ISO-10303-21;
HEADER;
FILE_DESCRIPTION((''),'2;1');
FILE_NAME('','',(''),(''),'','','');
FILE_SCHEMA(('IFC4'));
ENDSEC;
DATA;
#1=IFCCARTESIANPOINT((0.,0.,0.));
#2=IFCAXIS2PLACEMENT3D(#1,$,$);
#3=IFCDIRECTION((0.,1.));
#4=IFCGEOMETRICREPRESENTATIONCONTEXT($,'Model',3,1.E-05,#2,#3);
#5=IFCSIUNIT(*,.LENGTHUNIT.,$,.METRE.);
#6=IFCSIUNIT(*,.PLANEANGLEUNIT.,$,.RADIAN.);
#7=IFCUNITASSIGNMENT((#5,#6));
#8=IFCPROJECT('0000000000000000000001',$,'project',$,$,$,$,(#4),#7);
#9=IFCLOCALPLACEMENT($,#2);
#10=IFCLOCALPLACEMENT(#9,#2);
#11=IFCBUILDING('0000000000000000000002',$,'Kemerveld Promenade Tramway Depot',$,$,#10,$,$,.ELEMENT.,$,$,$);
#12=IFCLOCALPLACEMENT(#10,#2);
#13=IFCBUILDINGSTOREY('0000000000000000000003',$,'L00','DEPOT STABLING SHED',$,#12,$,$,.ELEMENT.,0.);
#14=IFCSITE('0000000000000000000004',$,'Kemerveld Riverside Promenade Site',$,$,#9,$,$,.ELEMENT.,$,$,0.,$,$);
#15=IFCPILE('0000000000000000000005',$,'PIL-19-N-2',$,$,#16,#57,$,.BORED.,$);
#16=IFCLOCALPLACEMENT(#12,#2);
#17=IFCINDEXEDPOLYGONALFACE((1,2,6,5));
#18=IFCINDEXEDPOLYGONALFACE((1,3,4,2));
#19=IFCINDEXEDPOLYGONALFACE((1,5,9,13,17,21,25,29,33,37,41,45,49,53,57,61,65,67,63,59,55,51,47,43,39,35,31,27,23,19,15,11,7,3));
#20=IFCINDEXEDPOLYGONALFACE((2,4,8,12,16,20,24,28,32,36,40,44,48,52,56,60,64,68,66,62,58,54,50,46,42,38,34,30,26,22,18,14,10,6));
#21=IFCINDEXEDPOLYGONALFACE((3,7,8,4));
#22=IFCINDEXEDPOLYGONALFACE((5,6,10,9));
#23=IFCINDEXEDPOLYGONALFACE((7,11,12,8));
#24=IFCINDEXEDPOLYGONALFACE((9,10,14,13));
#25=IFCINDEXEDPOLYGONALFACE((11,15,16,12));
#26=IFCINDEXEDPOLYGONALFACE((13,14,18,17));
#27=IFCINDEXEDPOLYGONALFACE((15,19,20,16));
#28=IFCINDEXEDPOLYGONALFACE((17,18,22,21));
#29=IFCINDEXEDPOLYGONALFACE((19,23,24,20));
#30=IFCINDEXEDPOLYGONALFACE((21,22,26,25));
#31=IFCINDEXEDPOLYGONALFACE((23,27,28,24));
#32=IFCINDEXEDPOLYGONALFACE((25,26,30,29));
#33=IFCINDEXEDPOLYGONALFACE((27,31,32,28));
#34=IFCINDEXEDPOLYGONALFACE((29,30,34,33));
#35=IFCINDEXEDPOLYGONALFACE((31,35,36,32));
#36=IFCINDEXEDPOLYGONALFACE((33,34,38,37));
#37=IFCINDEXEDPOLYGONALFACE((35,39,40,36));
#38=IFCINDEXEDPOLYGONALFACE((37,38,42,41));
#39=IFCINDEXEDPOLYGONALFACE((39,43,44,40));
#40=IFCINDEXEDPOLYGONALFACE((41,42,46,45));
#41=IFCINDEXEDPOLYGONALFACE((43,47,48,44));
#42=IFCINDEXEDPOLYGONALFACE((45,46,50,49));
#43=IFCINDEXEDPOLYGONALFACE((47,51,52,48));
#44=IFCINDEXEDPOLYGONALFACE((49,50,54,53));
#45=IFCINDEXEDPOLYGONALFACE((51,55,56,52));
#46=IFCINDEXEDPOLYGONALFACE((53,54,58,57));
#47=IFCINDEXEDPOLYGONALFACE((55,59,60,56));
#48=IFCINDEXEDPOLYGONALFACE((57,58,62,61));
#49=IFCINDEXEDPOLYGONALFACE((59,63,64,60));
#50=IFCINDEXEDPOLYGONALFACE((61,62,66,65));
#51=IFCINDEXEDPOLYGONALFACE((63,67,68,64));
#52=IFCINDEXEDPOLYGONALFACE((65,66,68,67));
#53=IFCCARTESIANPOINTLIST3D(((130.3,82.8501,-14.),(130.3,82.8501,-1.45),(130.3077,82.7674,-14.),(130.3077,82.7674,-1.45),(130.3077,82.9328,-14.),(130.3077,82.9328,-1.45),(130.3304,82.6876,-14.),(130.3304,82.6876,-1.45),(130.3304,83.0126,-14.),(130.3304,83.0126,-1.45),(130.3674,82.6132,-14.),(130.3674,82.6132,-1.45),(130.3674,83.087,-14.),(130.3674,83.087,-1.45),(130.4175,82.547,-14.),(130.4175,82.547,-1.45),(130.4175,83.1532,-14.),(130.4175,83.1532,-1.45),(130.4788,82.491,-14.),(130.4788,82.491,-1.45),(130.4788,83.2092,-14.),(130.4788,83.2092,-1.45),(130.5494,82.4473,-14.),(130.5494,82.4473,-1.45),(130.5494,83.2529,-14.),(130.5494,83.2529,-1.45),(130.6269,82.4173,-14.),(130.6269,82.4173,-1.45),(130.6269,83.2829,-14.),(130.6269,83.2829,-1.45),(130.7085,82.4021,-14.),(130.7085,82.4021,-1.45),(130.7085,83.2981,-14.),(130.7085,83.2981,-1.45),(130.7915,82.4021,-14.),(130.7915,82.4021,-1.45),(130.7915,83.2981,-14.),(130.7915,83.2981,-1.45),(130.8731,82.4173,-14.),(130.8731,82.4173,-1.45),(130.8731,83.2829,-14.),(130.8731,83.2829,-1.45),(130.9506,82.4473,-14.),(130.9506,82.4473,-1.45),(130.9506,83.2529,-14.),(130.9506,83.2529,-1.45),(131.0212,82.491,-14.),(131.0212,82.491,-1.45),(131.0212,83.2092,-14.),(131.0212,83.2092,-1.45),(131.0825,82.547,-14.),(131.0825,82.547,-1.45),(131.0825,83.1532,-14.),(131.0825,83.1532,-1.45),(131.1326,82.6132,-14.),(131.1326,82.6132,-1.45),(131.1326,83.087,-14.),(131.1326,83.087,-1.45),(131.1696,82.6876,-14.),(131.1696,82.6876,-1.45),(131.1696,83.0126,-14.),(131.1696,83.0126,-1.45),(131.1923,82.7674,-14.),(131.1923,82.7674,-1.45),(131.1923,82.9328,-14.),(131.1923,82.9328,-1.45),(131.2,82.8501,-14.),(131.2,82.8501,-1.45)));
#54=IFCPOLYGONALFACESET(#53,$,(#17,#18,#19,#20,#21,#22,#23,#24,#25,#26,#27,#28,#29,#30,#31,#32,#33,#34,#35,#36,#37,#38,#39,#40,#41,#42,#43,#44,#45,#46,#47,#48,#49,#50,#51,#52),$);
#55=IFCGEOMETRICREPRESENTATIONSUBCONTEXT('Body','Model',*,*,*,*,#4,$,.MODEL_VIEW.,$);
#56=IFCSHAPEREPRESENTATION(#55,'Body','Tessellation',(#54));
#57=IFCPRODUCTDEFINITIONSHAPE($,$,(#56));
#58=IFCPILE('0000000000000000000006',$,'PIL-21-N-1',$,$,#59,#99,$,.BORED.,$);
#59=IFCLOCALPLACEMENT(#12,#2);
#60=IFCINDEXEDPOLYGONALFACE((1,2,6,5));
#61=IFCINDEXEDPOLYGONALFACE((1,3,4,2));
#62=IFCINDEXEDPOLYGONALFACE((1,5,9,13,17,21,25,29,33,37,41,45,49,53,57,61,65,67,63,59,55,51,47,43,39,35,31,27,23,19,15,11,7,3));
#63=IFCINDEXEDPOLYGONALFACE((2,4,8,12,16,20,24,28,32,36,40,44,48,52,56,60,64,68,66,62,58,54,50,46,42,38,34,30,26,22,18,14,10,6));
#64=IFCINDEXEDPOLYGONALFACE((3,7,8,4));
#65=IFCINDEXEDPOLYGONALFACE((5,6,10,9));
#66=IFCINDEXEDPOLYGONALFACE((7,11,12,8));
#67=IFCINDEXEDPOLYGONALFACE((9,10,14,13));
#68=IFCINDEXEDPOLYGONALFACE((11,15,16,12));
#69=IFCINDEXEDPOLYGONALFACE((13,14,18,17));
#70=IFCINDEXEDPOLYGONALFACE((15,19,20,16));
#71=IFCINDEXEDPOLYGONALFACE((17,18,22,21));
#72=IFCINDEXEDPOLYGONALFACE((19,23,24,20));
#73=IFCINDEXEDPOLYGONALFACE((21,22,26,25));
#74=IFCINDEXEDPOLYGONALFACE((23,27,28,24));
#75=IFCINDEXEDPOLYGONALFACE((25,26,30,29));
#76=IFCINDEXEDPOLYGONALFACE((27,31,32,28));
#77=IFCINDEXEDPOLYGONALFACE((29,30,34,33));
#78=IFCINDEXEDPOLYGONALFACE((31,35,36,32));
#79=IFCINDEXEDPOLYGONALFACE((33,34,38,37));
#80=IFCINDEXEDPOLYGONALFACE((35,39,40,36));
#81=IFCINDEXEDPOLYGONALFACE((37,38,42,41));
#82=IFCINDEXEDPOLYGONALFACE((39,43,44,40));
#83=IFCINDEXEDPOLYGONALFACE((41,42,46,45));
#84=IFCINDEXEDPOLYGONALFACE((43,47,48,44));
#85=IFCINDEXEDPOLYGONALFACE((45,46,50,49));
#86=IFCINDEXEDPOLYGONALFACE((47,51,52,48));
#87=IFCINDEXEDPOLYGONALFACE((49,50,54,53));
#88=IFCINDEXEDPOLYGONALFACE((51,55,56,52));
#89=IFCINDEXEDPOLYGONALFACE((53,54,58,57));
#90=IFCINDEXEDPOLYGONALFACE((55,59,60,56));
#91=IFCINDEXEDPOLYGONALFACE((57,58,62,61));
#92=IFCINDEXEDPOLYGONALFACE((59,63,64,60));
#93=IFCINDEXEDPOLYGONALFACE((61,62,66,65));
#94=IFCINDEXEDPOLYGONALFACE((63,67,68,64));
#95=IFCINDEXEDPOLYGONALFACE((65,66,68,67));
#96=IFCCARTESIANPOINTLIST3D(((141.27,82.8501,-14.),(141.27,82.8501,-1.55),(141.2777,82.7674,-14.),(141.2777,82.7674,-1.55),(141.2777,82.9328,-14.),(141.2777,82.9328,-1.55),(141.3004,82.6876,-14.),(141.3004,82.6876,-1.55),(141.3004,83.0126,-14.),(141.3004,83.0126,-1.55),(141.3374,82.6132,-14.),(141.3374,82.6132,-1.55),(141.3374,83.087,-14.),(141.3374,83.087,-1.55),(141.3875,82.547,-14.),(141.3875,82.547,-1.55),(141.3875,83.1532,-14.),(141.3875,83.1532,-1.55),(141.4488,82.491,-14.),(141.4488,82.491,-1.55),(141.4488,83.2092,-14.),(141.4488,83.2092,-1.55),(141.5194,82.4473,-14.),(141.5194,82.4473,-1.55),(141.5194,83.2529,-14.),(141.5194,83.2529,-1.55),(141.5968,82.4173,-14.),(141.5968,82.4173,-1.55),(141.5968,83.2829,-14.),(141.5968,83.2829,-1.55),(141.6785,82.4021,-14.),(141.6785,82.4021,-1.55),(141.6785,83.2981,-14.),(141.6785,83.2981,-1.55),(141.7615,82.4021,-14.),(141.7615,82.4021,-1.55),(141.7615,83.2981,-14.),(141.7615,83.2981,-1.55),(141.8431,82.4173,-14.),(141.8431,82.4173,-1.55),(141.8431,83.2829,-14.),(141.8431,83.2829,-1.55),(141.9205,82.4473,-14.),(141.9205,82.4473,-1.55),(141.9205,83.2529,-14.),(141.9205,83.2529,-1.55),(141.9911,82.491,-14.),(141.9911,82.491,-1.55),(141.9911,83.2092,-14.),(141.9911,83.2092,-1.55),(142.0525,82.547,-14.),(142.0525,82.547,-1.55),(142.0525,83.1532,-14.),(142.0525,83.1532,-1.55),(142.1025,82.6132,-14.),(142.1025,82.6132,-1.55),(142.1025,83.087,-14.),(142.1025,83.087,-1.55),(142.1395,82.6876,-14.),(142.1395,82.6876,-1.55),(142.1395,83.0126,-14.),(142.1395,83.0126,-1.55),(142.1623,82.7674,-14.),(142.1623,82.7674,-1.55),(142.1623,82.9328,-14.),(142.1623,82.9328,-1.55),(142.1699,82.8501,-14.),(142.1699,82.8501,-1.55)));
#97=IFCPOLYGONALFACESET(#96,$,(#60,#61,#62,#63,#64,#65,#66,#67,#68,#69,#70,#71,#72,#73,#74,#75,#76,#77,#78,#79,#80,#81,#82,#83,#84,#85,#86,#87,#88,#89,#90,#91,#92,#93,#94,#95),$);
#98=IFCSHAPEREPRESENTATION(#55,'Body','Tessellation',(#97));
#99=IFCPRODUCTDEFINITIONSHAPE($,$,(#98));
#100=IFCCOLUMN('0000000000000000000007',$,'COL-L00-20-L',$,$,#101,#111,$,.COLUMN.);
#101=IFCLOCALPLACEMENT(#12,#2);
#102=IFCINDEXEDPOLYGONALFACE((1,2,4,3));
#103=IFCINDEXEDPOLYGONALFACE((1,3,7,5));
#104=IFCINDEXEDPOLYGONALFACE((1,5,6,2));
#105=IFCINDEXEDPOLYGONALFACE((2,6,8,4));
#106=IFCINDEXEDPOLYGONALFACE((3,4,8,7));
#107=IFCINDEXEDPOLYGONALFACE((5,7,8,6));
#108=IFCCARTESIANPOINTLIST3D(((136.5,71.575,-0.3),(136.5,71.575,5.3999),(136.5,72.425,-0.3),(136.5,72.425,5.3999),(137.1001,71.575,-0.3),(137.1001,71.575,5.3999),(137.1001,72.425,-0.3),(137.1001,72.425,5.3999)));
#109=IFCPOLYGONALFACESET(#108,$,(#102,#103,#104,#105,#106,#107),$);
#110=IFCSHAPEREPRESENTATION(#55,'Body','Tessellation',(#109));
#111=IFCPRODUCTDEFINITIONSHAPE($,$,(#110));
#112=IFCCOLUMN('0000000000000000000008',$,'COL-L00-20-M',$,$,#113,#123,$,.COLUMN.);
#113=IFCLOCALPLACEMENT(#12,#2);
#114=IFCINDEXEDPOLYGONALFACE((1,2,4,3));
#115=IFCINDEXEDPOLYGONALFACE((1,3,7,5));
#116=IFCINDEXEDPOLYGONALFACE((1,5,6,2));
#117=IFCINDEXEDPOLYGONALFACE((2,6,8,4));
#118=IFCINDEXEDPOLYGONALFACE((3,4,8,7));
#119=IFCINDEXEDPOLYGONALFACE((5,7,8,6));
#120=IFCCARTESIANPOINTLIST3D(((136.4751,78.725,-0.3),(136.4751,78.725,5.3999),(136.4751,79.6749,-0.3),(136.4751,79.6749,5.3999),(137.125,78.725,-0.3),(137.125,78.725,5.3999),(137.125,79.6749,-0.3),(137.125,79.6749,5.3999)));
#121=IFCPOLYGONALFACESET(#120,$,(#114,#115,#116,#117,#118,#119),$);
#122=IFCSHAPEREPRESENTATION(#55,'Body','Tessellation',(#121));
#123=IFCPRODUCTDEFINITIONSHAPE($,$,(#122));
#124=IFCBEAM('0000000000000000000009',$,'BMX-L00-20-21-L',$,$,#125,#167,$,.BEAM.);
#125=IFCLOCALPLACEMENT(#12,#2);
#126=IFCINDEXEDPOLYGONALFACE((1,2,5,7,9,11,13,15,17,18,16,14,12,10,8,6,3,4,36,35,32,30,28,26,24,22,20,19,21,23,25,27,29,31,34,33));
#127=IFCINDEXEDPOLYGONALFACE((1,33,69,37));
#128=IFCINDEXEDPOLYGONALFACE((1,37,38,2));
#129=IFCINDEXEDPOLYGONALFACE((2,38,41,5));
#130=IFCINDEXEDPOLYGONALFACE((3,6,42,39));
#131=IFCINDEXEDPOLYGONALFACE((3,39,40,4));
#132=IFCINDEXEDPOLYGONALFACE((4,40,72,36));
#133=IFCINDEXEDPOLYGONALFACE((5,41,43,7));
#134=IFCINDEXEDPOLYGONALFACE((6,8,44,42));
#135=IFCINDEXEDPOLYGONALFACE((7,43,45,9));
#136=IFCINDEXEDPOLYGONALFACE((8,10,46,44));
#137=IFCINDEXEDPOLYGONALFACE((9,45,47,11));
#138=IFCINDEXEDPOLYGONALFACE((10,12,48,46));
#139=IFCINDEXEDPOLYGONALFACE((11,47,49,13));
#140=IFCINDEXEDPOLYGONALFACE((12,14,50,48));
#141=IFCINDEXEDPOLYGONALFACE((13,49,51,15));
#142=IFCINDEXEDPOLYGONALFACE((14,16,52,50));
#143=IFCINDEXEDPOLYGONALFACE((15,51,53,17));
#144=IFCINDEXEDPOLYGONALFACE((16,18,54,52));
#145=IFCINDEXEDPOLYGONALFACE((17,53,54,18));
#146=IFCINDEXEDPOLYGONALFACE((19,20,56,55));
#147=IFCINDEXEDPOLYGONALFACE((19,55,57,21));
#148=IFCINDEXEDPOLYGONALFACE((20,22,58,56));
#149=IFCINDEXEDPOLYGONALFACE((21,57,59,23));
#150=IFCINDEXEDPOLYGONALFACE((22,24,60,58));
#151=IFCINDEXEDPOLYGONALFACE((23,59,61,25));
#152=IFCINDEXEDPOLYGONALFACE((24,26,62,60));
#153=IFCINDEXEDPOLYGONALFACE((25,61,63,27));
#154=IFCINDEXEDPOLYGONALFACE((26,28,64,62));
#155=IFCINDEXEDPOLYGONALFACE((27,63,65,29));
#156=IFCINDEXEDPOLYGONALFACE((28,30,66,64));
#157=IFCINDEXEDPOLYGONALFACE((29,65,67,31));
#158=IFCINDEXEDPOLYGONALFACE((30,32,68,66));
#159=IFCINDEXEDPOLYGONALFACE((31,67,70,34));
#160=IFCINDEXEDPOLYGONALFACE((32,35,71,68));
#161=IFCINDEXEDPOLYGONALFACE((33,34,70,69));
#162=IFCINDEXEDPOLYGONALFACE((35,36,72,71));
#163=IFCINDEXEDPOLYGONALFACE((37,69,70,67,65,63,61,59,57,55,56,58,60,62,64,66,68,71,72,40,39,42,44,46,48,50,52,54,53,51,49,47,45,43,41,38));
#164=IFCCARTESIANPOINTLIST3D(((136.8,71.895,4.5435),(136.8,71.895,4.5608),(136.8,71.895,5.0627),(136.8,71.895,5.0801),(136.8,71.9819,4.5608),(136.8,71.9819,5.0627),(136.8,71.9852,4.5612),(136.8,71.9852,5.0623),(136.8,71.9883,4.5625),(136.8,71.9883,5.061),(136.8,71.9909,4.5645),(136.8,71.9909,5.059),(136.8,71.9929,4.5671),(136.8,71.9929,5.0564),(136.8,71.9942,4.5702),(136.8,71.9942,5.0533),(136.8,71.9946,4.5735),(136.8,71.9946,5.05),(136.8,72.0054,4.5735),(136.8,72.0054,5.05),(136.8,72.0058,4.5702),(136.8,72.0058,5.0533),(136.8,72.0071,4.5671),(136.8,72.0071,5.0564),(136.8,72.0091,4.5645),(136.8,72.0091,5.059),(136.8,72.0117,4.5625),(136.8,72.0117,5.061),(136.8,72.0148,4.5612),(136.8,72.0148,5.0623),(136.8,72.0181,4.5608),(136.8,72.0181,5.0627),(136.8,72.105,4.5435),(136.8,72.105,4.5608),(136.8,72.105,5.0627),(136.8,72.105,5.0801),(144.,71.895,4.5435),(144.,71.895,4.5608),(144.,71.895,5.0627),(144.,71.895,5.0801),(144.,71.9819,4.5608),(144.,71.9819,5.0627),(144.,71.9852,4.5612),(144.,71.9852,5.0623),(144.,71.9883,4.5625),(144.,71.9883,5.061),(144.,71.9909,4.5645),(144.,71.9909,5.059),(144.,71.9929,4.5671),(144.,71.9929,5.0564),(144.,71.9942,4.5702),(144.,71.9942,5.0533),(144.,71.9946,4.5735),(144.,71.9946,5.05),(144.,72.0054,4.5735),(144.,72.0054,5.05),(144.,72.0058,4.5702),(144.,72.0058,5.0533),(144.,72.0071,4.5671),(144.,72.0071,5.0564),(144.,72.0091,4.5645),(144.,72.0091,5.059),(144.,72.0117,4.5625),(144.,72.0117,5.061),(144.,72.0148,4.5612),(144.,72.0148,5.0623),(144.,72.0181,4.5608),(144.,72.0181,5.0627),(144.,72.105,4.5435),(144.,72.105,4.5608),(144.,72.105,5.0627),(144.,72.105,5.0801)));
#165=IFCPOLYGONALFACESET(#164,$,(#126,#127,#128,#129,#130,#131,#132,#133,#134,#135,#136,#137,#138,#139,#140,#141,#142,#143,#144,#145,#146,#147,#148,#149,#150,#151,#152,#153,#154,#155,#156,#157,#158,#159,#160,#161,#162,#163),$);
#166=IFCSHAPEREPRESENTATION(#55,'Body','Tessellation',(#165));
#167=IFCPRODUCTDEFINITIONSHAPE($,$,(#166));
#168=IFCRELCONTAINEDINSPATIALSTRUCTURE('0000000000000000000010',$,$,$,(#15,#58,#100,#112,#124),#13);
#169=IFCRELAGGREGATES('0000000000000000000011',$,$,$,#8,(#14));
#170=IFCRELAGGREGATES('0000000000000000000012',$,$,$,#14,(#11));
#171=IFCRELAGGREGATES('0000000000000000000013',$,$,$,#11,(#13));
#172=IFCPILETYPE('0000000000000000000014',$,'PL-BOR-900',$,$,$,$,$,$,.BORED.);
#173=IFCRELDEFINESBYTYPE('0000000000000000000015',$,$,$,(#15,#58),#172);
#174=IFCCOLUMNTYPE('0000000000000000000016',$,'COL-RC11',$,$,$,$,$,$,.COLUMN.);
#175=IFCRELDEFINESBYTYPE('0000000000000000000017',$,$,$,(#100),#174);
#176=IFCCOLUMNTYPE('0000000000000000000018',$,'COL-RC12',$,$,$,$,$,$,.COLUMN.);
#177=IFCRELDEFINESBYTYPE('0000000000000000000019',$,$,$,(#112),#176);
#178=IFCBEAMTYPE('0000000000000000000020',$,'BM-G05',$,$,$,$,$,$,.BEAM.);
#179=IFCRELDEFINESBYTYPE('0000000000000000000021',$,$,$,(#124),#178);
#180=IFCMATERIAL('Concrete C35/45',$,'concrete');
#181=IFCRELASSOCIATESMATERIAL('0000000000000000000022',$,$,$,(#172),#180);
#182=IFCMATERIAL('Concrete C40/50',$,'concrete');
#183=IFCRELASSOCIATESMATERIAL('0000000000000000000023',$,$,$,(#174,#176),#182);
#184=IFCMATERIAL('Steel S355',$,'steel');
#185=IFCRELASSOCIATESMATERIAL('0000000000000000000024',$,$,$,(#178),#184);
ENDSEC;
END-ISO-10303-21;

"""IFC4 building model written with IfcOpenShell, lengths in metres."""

from ifc_helpers import new_model, si_unit, direction, frame, origin, origin_2d, place, context, subcontext, project, spatial, rectangle, circle, i_section, extrude, material, material_profile, profile_set, type_object, element, save


model = new_model("IFC4")

# Units and contexts
model_context = context("Model", 3, precision=1e-05, world=origin(), true_north=direction((0.0, 1.0)))
body_context = subcontext(model_context, "Body", "Model", "MODEL_VIEW")
ifc_project = project(units=[si_unit("LENGTHUNIT", "METRE"), si_unit("PLANEANGLEUNIT", "RADIAN")], contexts=[model_context])

# Site, building, storey
site_placement = place(None, origin())
site = spatial("IfcSite", under=ifc_project, at=site_placement, Name="Kemerveld Riverside Promenade Site", CompositionType="ELEMENT", RefElevation=0.0)
building_placement = place(site_placement, origin())
building = spatial("IfcBuilding", under=site, at=building_placement, Name="Kemerveld Promenade Tramway Depot", CompositionType="ELEMENT")
storey_placement = place(building_placement, origin())
storey = spatial("IfcBuildingStorey", under=building, at=storey_placement, Name="L00", Description="DEPOT STABLING SHED", CompositionType="ELEMENT", Elevation=0.0)

# Shared definitions
ifc_material_1 = material(Name="Concrete C35/45", Category="concrete")

# Piles
ifc_material_profile_1 = material_profile(ifc_material_1, circle(Radius=0.45, at=origin_2d()), Name="PILE-D900")
ifc_profile_set_1 = profile_set([ifc_material_profile_1], Name="Concrete C35/45")
pile_type_1 = type_object("IfcPileType", Name="PL-BOR-900", PredefinedType="BORED", material=ifc_profile_set_1)
pile_1_placement = place(storey_placement, frame((130.75, 82.8501, -1.45), z_axis=(0.0, 0.0, -1.0), x_axis=(1.0, 0.0, 0.0)))
element("IfcPile", 1, at=pile_1_placement, inside=storey, type_object=pile_type_1, Name="PIL-19-N-2", PredefinedType="BORED", context=body_context, shape_type="SweptSolid", body=[
    extrude(circle(Radius=0.45, at=origin_2d()), origin(), (0.0, 0.0, 1.0), 12.55),
])
pile_2_placement = place(storey_placement, frame((141.72, 82.8501, -1.55), z_axis=(0.0, 0.0, -1.0), x_axis=(1.0, 0.0, 0.0)))
element("IfcPile", 2, at=pile_2_placement, inside=storey, type_object=pile_type_1, Name="PIL-21-N-1", PredefinedType="BORED", context=body_context, shape_type="SweptSolid", body=[
    extrude(circle(Radius=0.45, at=origin_2d()), origin(), (0.0, 0.0, 1.0), 12.45),
])

# Columns
ifc_material_2 = material(Name="Concrete C40/50", Category="concrete")
ifc_material_profile_2 = material_profile(ifc_material_2, rectangle(XDim=0.6001, YDim=0.8501, at=origin_2d()), Name="RC-PIER-850x600")
ifc_profile_set_2 = profile_set([ifc_material_profile_2], Name="Concrete C40/50")
column_type_1 = type_object("IfcColumnType", Name="COL-RC11", PredefinedType="COLUMN", material=ifc_profile_set_2)
column_1_placement = place(storey_placement, frame((136.8, 72.0, -0.3), z_axis=(0.0, 0.0, 1.0), x_axis=(1.0, 0.0, 0.0)))
element("IfcColumn", 3, at=column_1_placement, inside=storey, type_object=column_type_1, Name="COL-L00-20-L", PredefinedType="COLUMN", context=body_context, shape_type="SweptSolid", body=[
    extrude(rectangle(XDim=0.6001, YDim=0.8501, at=origin_2d()), origin(), (0.0, 0.0, 1.0), 5.7),
])
ifc_material_profile_3 = material_profile(ifc_material_2, rectangle(XDim=0.6499, YDim=0.95, at=origin_2d()), Name="RC-PIER-950x650")
ifc_profile_set_3 = profile_set([ifc_material_profile_3], Name="Concrete C40/50")
column_type_2 = type_object("IfcColumnType", Name="COL-RC12", PredefinedType="COLUMN", material=ifc_profile_set_3)
column_2_placement = place(storey_placement, frame((136.8, 79.2, -0.3), z_axis=(0.0, 0.0, 1.0), x_axis=(1.0, 0.0, 0.0)))
element("IfcColumn", 4, at=column_2_placement, inside=storey, type_object=column_type_2, Name="COL-L00-20-M", PredefinedType="COLUMN", context=body_context, shape_type="SweptSolid", body=[
    extrude(rectangle(XDim=0.6499, YDim=0.95, at=origin_2d()), origin(), (0.0, 0.0, 1.0), 5.7),
])

# Beam
ifc_material_3 = material(Name="Steel S355", Category="steel")
ifc_material_profile_4 = material_profile(ifc_material_3, i_section(OverallWidth=0.21, OverallDepth=0.5366, WebThickness=0.0107, FlangeThickness=0.0173, FilletRadius=0.0127, at=origin_2d()), Name="533x210x101 UB")
ifc_profile_set_4 = profile_set([ifc_material_profile_4], Name="Steel S355")
beam_type_1 = type_object("IfcBeamType", Name="BM-G05", PredefinedType="BEAM", material=ifc_profile_set_4)
beam_1_placement = place(storey_placement, frame((136.8, 72.0, 4.8118), z_axis=(1.0, 0.0, 0.0), x_axis=(0.0, 1.0, 0.0)))
element("IfcBeam", 5, at=beam_1_placement, inside=storey, type_object=beam_type_1, Name="BMX-L00-20-21-L", PredefinedType="BEAM", context=body_context, shape_type="SweptSolid", body=[
    extrude(i_section(OverallWidth=0.21, OverallDepth=0.5366, WebThickness=0.0107, FlangeThickness=0.0173, FilletRadius=0.0127, at=origin_2d()), origin(), (0.0, 0.0, 1.0), 7.2),
])

save(model, "model.ifc")
